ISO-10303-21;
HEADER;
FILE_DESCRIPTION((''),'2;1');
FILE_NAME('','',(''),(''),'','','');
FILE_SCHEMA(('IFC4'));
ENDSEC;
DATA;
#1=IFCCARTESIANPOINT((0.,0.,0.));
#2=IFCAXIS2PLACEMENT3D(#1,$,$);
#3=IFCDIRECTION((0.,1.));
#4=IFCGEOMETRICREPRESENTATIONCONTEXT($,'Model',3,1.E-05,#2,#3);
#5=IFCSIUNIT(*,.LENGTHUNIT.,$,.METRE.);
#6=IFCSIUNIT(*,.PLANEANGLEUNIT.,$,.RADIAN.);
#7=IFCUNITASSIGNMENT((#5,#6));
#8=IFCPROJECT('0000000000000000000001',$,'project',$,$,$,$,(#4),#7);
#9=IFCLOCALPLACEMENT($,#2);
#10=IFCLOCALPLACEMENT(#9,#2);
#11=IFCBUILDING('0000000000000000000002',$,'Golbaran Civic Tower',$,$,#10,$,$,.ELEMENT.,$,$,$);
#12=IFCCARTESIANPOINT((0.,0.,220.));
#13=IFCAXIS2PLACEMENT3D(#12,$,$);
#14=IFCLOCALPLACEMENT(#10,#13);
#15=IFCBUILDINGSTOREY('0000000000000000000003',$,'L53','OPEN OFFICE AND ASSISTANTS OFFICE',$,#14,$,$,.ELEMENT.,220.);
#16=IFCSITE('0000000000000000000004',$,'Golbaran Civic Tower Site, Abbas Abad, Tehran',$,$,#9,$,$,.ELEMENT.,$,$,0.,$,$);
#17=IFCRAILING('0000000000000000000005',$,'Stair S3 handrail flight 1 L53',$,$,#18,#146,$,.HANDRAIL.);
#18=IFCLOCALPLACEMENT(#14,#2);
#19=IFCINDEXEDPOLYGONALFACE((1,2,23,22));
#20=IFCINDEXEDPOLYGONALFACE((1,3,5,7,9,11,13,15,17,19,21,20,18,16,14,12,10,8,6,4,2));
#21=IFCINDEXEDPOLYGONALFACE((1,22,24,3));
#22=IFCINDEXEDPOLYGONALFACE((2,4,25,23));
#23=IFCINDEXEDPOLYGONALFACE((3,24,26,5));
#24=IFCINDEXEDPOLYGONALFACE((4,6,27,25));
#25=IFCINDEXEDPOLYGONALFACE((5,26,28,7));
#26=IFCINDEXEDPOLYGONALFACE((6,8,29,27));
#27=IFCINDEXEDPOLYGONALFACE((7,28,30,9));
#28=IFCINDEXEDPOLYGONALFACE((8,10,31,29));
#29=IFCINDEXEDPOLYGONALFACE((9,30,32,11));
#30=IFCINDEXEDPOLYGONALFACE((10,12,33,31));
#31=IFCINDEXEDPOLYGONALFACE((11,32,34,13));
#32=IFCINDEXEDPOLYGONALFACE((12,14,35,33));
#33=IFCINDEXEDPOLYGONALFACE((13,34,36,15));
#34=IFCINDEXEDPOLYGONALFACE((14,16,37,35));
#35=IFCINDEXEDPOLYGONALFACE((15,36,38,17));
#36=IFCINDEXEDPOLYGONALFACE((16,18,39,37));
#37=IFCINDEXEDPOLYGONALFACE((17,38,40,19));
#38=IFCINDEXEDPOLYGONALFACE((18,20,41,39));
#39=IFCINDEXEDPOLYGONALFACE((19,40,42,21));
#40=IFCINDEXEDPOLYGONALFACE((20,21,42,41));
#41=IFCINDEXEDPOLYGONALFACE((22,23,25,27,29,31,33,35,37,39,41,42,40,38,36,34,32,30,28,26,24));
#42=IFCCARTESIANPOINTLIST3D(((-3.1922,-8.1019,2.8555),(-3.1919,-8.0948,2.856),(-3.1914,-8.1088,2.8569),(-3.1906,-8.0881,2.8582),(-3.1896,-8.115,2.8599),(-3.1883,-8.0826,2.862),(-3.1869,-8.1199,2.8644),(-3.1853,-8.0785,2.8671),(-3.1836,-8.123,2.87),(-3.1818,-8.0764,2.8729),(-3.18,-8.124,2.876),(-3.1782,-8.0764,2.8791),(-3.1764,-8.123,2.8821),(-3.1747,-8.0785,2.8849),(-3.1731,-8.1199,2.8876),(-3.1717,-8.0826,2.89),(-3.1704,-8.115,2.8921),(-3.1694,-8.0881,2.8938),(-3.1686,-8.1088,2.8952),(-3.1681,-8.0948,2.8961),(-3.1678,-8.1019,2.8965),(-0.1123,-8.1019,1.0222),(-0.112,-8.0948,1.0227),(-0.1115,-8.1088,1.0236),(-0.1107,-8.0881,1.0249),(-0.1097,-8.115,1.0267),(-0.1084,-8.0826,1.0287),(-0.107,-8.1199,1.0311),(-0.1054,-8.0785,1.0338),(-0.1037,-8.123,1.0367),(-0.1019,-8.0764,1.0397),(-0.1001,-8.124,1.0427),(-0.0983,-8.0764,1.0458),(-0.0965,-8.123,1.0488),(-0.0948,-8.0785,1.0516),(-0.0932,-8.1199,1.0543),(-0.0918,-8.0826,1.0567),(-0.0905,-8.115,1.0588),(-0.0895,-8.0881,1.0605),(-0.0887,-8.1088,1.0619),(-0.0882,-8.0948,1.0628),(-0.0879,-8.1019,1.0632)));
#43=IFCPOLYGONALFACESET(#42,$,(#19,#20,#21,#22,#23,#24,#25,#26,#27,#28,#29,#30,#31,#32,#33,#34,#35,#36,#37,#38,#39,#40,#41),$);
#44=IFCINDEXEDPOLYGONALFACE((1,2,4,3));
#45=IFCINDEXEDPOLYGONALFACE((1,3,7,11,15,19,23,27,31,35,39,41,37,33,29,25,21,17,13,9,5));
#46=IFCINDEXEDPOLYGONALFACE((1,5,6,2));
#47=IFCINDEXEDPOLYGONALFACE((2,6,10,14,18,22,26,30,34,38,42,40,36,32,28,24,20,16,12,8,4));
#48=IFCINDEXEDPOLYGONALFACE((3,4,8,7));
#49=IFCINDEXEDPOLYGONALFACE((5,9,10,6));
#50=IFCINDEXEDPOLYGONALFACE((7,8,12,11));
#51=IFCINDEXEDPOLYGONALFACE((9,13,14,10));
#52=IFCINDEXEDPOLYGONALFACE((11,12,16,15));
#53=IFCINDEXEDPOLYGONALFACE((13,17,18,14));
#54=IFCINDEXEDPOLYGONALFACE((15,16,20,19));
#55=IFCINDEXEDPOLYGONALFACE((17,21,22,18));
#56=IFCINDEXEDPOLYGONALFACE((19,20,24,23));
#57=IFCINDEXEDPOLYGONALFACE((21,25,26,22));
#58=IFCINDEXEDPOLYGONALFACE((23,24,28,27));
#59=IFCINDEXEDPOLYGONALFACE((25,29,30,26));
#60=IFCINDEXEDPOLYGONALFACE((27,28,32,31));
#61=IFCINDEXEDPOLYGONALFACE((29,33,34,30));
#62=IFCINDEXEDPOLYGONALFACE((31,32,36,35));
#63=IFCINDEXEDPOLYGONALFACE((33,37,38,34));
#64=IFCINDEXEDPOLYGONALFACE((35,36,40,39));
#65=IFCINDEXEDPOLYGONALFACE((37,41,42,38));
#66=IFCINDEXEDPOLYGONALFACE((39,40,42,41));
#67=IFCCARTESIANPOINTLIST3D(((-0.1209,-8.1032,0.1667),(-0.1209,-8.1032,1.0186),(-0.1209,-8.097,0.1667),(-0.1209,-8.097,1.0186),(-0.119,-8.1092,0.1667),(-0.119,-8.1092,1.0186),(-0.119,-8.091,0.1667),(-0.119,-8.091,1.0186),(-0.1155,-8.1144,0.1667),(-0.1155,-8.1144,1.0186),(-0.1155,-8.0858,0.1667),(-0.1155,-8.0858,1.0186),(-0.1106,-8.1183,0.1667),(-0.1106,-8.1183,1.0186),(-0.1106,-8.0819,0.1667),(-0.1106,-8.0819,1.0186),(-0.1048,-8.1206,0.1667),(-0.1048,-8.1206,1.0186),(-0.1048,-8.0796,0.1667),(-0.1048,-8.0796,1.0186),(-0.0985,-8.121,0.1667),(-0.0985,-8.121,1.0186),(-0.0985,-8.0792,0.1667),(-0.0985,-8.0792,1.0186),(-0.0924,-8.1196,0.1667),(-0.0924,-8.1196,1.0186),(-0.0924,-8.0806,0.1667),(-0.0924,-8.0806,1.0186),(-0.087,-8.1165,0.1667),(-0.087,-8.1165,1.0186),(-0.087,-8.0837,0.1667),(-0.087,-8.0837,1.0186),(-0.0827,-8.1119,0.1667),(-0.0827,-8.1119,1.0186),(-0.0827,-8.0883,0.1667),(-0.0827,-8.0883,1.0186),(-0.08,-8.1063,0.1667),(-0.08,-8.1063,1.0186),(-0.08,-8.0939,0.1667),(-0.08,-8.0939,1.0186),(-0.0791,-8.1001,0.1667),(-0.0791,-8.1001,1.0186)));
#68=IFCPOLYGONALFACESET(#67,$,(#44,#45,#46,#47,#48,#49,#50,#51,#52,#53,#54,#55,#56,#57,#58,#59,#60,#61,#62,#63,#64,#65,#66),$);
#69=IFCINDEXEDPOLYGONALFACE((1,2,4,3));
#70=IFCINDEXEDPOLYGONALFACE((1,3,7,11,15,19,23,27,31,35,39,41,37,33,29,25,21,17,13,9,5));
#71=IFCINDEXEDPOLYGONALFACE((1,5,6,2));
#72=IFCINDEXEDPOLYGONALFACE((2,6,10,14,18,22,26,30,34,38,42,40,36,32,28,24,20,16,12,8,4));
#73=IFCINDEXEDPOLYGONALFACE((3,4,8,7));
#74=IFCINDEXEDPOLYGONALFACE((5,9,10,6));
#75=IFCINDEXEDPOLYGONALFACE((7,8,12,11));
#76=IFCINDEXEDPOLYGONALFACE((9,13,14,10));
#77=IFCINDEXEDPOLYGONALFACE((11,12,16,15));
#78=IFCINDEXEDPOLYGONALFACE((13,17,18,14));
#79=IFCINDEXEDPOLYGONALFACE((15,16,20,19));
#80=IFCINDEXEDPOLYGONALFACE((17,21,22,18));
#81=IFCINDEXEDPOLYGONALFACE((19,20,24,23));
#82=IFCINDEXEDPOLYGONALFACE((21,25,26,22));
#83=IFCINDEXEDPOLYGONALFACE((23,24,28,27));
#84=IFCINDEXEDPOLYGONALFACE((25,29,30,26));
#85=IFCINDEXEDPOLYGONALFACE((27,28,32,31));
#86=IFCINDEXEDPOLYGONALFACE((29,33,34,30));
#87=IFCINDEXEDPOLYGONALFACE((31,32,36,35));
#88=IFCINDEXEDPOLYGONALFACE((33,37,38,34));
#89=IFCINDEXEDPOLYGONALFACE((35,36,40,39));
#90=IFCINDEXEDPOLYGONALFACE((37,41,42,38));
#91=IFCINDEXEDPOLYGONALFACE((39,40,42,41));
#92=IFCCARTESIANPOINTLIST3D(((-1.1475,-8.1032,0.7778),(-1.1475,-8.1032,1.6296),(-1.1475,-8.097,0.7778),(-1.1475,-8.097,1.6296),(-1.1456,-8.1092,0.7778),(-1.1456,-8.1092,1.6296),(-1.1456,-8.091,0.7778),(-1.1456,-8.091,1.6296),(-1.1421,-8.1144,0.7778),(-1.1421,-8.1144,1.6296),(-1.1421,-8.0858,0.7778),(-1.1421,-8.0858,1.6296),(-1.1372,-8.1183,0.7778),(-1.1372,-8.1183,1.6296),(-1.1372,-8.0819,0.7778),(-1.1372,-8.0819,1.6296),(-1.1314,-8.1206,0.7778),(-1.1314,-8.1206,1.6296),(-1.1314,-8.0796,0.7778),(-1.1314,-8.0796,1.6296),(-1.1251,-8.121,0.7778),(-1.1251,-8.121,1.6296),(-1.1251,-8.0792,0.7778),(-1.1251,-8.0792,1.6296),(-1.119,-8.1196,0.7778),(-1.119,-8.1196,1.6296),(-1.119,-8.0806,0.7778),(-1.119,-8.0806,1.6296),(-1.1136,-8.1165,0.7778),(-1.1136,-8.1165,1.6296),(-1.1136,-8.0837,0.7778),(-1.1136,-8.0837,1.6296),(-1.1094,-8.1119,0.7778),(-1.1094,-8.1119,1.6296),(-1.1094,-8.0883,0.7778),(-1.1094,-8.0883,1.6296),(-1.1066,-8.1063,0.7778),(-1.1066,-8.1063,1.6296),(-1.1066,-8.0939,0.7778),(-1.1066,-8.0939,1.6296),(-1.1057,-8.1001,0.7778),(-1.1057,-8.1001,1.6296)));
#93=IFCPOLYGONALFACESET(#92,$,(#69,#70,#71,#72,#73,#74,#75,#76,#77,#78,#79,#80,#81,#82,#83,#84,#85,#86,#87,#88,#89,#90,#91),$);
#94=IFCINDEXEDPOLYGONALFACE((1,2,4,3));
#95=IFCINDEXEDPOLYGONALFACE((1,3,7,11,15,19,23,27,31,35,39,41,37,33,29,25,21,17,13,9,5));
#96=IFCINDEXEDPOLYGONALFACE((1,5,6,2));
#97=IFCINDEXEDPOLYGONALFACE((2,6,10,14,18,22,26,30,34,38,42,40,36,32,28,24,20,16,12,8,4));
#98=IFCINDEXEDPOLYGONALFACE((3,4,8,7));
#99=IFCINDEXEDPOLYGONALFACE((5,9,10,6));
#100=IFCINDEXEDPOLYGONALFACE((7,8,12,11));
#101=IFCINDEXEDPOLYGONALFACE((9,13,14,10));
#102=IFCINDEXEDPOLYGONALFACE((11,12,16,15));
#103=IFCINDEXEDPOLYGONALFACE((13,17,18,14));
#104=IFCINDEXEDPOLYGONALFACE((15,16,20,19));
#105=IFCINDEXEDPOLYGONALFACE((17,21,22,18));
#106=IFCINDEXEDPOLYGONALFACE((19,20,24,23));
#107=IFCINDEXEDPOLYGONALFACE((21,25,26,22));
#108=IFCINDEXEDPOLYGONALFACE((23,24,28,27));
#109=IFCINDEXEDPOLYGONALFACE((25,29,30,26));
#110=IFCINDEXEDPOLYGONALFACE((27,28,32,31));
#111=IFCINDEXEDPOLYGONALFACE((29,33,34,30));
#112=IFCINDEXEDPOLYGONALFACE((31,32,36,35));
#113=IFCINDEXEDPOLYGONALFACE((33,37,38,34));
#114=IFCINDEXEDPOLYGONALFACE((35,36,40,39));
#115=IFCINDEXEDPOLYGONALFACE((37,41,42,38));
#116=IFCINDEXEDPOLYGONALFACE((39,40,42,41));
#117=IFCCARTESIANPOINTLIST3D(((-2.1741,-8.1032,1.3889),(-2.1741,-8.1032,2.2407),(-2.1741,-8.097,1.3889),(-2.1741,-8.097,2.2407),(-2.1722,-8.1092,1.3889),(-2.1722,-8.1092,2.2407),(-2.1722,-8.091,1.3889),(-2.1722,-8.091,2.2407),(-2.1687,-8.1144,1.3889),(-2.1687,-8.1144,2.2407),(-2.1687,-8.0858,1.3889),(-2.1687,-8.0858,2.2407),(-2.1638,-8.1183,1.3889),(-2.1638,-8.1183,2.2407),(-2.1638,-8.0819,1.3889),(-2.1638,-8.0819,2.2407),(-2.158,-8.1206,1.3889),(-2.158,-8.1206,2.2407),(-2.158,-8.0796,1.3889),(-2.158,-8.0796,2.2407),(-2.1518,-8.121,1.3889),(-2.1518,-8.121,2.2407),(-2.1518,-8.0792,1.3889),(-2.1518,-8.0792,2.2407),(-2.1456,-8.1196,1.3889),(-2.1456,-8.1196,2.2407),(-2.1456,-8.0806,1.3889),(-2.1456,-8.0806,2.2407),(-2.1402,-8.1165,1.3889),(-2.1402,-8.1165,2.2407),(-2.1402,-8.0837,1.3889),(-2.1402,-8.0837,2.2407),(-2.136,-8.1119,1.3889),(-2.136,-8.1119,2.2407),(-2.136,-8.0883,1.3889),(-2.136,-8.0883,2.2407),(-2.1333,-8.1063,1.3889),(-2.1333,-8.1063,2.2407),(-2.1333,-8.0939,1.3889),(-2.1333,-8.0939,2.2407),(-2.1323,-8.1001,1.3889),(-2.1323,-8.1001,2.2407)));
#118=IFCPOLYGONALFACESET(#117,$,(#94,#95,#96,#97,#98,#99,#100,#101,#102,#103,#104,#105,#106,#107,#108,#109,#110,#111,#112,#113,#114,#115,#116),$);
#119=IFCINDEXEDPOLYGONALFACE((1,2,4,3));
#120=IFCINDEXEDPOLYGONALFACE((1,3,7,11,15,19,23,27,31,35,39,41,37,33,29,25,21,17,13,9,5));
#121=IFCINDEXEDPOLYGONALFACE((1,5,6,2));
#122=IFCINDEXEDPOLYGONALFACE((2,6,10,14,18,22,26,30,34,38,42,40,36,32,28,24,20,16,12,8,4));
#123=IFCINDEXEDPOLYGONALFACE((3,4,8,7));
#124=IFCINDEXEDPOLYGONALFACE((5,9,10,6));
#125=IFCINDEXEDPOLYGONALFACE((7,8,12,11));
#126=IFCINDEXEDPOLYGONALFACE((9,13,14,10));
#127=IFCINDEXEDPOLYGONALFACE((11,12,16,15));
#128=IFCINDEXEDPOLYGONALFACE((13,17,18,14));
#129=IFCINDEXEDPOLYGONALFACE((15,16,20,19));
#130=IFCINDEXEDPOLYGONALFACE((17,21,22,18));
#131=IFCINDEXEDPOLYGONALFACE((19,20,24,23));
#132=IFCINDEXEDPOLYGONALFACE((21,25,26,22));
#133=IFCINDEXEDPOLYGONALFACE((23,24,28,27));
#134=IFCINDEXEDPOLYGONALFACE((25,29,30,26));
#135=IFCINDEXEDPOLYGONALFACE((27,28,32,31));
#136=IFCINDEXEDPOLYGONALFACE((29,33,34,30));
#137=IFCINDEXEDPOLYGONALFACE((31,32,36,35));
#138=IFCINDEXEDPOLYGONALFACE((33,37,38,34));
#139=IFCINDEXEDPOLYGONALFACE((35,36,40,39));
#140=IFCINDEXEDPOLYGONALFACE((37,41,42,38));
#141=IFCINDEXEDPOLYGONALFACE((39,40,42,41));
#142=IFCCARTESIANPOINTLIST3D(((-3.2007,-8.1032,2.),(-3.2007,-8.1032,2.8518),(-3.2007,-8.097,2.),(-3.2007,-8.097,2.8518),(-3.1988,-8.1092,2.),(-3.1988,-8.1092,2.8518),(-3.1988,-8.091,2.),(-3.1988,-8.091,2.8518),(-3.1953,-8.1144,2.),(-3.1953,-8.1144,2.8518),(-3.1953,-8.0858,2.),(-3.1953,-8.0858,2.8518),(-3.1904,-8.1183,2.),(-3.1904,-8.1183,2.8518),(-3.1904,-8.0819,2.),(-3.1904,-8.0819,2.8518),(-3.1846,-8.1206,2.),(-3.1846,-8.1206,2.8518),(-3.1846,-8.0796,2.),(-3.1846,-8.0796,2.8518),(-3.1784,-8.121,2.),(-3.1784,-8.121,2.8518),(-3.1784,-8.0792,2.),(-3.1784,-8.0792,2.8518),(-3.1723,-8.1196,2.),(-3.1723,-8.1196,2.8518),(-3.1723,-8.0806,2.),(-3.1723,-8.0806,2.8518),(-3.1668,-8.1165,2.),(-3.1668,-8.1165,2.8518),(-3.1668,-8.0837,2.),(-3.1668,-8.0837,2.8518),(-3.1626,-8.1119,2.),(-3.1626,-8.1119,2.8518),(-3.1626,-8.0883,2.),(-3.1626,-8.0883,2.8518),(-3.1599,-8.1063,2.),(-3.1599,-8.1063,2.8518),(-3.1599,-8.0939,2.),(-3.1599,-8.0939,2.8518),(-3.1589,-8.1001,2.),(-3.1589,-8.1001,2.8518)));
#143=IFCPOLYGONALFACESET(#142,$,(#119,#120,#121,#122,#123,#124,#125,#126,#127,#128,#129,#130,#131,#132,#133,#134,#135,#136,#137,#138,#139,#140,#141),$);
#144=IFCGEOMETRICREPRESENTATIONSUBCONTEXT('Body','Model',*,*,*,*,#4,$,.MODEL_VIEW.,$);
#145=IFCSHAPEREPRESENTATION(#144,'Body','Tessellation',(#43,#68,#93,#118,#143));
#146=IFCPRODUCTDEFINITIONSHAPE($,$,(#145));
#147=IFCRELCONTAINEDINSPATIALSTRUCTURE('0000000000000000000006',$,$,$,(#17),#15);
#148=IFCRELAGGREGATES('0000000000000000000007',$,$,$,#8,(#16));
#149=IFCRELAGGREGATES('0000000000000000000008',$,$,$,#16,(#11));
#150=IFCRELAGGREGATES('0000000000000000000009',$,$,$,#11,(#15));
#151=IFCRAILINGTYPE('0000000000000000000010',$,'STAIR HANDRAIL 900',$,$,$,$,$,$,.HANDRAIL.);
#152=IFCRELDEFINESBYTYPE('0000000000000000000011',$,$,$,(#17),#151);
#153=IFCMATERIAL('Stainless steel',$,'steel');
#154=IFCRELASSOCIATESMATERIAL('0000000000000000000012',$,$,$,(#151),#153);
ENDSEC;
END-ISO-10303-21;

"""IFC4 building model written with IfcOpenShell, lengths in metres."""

from ifc_helpers import new_model, si_unit, direction, frame, origin, origin_2d, place, context, subcontext, project, spatial, circle, extrude, material, type_object, element, save


model = new_model("IFC4")

# Units and contexts
model_context = context("Model", 3, precision=1e-05, world=origin(), true_north=direction((0.0, 1.0)))
body_context = subcontext(model_context, "Body", "Model", "MODEL_VIEW")
ifc_project = project(units=[si_unit("LENGTHUNIT", "METRE"), si_unit("PLANEANGLEUNIT", "RADIAN")], contexts=[model_context])

# Site, building, storey
site_placement = place(None, origin())
site = spatial("IfcSite", under=ifc_project, at=site_placement, Name="Golbaran Civic Tower Site, Abbas Abad, Tehran", CompositionType="ELEMENT", RefElevation=0.0)
building_placement = place(site_placement, origin())
building = spatial("IfcBuilding", under=site, at=building_placement, Name="Golbaran Civic Tower", CompositionType="ELEMENT")
storey_placement = place(building_placement, frame((0.0, 0.0, 220.0)))
storey = spatial("IfcBuildingStorey", under=building, at=storey_placement, Name="L53", Description="OPEN OFFICE AND ASSISTANTS OFFICE", CompositionType="ELEMENT", Elevation=220.0)

# Shared definitions
ifc_material_1 = material(Name="Stainless steel", Category="steel")

# Railing
railing_type = type_object("IfcRailingType", Name="STAIR HANDRAIL 900", PredefinedType="HANDRAIL", material=ifc_material_1)
railing_1_placement = place(storey_placement, frame((-0.1001, -8.1001, 0.1667)))
element("IfcRailing", 1, at=railing_1_placement, inside=storey, type_object=railing_type, Name="Stair S3 handrail flight 1 L53", PredefinedType="HANDRAIL", context=body_context, shape_type="SweptSolid", body=[
    extrude(circle(Radius=0.0239, at=origin_2d()), frame((0.0, 0.0, 0.876), z_axis=(-0.859291, 0.0, 0.511487), x_axis=(0.0, -1.0, 0.0)), (0.0, 0.0, 1.0), 3.5842),
    extrude(circle(Radius=0.021, at=origin_2d()), origin(), (0.0, 0.0, 1.0), 0.8518),
    extrude(circle(Radius=0.021, at=origin_2d()), frame((-1.0266, 0.0, 0.6111)), (0.0, 0.0, 1.0), 0.8518),
    extrude(circle(Radius=0.021, at=origin_2d()), frame((-2.0532, 0.0, 1.2222)), (0.0, 0.0, 1.0), 0.8518),
    extrude(circle(Radius=0.021, at=origin_2d()), frame((-3.0798, 0.0, 1.8333)), (0.0, 0.0, 1.0), 0.8518),
])

save(model, "model.ifc")
